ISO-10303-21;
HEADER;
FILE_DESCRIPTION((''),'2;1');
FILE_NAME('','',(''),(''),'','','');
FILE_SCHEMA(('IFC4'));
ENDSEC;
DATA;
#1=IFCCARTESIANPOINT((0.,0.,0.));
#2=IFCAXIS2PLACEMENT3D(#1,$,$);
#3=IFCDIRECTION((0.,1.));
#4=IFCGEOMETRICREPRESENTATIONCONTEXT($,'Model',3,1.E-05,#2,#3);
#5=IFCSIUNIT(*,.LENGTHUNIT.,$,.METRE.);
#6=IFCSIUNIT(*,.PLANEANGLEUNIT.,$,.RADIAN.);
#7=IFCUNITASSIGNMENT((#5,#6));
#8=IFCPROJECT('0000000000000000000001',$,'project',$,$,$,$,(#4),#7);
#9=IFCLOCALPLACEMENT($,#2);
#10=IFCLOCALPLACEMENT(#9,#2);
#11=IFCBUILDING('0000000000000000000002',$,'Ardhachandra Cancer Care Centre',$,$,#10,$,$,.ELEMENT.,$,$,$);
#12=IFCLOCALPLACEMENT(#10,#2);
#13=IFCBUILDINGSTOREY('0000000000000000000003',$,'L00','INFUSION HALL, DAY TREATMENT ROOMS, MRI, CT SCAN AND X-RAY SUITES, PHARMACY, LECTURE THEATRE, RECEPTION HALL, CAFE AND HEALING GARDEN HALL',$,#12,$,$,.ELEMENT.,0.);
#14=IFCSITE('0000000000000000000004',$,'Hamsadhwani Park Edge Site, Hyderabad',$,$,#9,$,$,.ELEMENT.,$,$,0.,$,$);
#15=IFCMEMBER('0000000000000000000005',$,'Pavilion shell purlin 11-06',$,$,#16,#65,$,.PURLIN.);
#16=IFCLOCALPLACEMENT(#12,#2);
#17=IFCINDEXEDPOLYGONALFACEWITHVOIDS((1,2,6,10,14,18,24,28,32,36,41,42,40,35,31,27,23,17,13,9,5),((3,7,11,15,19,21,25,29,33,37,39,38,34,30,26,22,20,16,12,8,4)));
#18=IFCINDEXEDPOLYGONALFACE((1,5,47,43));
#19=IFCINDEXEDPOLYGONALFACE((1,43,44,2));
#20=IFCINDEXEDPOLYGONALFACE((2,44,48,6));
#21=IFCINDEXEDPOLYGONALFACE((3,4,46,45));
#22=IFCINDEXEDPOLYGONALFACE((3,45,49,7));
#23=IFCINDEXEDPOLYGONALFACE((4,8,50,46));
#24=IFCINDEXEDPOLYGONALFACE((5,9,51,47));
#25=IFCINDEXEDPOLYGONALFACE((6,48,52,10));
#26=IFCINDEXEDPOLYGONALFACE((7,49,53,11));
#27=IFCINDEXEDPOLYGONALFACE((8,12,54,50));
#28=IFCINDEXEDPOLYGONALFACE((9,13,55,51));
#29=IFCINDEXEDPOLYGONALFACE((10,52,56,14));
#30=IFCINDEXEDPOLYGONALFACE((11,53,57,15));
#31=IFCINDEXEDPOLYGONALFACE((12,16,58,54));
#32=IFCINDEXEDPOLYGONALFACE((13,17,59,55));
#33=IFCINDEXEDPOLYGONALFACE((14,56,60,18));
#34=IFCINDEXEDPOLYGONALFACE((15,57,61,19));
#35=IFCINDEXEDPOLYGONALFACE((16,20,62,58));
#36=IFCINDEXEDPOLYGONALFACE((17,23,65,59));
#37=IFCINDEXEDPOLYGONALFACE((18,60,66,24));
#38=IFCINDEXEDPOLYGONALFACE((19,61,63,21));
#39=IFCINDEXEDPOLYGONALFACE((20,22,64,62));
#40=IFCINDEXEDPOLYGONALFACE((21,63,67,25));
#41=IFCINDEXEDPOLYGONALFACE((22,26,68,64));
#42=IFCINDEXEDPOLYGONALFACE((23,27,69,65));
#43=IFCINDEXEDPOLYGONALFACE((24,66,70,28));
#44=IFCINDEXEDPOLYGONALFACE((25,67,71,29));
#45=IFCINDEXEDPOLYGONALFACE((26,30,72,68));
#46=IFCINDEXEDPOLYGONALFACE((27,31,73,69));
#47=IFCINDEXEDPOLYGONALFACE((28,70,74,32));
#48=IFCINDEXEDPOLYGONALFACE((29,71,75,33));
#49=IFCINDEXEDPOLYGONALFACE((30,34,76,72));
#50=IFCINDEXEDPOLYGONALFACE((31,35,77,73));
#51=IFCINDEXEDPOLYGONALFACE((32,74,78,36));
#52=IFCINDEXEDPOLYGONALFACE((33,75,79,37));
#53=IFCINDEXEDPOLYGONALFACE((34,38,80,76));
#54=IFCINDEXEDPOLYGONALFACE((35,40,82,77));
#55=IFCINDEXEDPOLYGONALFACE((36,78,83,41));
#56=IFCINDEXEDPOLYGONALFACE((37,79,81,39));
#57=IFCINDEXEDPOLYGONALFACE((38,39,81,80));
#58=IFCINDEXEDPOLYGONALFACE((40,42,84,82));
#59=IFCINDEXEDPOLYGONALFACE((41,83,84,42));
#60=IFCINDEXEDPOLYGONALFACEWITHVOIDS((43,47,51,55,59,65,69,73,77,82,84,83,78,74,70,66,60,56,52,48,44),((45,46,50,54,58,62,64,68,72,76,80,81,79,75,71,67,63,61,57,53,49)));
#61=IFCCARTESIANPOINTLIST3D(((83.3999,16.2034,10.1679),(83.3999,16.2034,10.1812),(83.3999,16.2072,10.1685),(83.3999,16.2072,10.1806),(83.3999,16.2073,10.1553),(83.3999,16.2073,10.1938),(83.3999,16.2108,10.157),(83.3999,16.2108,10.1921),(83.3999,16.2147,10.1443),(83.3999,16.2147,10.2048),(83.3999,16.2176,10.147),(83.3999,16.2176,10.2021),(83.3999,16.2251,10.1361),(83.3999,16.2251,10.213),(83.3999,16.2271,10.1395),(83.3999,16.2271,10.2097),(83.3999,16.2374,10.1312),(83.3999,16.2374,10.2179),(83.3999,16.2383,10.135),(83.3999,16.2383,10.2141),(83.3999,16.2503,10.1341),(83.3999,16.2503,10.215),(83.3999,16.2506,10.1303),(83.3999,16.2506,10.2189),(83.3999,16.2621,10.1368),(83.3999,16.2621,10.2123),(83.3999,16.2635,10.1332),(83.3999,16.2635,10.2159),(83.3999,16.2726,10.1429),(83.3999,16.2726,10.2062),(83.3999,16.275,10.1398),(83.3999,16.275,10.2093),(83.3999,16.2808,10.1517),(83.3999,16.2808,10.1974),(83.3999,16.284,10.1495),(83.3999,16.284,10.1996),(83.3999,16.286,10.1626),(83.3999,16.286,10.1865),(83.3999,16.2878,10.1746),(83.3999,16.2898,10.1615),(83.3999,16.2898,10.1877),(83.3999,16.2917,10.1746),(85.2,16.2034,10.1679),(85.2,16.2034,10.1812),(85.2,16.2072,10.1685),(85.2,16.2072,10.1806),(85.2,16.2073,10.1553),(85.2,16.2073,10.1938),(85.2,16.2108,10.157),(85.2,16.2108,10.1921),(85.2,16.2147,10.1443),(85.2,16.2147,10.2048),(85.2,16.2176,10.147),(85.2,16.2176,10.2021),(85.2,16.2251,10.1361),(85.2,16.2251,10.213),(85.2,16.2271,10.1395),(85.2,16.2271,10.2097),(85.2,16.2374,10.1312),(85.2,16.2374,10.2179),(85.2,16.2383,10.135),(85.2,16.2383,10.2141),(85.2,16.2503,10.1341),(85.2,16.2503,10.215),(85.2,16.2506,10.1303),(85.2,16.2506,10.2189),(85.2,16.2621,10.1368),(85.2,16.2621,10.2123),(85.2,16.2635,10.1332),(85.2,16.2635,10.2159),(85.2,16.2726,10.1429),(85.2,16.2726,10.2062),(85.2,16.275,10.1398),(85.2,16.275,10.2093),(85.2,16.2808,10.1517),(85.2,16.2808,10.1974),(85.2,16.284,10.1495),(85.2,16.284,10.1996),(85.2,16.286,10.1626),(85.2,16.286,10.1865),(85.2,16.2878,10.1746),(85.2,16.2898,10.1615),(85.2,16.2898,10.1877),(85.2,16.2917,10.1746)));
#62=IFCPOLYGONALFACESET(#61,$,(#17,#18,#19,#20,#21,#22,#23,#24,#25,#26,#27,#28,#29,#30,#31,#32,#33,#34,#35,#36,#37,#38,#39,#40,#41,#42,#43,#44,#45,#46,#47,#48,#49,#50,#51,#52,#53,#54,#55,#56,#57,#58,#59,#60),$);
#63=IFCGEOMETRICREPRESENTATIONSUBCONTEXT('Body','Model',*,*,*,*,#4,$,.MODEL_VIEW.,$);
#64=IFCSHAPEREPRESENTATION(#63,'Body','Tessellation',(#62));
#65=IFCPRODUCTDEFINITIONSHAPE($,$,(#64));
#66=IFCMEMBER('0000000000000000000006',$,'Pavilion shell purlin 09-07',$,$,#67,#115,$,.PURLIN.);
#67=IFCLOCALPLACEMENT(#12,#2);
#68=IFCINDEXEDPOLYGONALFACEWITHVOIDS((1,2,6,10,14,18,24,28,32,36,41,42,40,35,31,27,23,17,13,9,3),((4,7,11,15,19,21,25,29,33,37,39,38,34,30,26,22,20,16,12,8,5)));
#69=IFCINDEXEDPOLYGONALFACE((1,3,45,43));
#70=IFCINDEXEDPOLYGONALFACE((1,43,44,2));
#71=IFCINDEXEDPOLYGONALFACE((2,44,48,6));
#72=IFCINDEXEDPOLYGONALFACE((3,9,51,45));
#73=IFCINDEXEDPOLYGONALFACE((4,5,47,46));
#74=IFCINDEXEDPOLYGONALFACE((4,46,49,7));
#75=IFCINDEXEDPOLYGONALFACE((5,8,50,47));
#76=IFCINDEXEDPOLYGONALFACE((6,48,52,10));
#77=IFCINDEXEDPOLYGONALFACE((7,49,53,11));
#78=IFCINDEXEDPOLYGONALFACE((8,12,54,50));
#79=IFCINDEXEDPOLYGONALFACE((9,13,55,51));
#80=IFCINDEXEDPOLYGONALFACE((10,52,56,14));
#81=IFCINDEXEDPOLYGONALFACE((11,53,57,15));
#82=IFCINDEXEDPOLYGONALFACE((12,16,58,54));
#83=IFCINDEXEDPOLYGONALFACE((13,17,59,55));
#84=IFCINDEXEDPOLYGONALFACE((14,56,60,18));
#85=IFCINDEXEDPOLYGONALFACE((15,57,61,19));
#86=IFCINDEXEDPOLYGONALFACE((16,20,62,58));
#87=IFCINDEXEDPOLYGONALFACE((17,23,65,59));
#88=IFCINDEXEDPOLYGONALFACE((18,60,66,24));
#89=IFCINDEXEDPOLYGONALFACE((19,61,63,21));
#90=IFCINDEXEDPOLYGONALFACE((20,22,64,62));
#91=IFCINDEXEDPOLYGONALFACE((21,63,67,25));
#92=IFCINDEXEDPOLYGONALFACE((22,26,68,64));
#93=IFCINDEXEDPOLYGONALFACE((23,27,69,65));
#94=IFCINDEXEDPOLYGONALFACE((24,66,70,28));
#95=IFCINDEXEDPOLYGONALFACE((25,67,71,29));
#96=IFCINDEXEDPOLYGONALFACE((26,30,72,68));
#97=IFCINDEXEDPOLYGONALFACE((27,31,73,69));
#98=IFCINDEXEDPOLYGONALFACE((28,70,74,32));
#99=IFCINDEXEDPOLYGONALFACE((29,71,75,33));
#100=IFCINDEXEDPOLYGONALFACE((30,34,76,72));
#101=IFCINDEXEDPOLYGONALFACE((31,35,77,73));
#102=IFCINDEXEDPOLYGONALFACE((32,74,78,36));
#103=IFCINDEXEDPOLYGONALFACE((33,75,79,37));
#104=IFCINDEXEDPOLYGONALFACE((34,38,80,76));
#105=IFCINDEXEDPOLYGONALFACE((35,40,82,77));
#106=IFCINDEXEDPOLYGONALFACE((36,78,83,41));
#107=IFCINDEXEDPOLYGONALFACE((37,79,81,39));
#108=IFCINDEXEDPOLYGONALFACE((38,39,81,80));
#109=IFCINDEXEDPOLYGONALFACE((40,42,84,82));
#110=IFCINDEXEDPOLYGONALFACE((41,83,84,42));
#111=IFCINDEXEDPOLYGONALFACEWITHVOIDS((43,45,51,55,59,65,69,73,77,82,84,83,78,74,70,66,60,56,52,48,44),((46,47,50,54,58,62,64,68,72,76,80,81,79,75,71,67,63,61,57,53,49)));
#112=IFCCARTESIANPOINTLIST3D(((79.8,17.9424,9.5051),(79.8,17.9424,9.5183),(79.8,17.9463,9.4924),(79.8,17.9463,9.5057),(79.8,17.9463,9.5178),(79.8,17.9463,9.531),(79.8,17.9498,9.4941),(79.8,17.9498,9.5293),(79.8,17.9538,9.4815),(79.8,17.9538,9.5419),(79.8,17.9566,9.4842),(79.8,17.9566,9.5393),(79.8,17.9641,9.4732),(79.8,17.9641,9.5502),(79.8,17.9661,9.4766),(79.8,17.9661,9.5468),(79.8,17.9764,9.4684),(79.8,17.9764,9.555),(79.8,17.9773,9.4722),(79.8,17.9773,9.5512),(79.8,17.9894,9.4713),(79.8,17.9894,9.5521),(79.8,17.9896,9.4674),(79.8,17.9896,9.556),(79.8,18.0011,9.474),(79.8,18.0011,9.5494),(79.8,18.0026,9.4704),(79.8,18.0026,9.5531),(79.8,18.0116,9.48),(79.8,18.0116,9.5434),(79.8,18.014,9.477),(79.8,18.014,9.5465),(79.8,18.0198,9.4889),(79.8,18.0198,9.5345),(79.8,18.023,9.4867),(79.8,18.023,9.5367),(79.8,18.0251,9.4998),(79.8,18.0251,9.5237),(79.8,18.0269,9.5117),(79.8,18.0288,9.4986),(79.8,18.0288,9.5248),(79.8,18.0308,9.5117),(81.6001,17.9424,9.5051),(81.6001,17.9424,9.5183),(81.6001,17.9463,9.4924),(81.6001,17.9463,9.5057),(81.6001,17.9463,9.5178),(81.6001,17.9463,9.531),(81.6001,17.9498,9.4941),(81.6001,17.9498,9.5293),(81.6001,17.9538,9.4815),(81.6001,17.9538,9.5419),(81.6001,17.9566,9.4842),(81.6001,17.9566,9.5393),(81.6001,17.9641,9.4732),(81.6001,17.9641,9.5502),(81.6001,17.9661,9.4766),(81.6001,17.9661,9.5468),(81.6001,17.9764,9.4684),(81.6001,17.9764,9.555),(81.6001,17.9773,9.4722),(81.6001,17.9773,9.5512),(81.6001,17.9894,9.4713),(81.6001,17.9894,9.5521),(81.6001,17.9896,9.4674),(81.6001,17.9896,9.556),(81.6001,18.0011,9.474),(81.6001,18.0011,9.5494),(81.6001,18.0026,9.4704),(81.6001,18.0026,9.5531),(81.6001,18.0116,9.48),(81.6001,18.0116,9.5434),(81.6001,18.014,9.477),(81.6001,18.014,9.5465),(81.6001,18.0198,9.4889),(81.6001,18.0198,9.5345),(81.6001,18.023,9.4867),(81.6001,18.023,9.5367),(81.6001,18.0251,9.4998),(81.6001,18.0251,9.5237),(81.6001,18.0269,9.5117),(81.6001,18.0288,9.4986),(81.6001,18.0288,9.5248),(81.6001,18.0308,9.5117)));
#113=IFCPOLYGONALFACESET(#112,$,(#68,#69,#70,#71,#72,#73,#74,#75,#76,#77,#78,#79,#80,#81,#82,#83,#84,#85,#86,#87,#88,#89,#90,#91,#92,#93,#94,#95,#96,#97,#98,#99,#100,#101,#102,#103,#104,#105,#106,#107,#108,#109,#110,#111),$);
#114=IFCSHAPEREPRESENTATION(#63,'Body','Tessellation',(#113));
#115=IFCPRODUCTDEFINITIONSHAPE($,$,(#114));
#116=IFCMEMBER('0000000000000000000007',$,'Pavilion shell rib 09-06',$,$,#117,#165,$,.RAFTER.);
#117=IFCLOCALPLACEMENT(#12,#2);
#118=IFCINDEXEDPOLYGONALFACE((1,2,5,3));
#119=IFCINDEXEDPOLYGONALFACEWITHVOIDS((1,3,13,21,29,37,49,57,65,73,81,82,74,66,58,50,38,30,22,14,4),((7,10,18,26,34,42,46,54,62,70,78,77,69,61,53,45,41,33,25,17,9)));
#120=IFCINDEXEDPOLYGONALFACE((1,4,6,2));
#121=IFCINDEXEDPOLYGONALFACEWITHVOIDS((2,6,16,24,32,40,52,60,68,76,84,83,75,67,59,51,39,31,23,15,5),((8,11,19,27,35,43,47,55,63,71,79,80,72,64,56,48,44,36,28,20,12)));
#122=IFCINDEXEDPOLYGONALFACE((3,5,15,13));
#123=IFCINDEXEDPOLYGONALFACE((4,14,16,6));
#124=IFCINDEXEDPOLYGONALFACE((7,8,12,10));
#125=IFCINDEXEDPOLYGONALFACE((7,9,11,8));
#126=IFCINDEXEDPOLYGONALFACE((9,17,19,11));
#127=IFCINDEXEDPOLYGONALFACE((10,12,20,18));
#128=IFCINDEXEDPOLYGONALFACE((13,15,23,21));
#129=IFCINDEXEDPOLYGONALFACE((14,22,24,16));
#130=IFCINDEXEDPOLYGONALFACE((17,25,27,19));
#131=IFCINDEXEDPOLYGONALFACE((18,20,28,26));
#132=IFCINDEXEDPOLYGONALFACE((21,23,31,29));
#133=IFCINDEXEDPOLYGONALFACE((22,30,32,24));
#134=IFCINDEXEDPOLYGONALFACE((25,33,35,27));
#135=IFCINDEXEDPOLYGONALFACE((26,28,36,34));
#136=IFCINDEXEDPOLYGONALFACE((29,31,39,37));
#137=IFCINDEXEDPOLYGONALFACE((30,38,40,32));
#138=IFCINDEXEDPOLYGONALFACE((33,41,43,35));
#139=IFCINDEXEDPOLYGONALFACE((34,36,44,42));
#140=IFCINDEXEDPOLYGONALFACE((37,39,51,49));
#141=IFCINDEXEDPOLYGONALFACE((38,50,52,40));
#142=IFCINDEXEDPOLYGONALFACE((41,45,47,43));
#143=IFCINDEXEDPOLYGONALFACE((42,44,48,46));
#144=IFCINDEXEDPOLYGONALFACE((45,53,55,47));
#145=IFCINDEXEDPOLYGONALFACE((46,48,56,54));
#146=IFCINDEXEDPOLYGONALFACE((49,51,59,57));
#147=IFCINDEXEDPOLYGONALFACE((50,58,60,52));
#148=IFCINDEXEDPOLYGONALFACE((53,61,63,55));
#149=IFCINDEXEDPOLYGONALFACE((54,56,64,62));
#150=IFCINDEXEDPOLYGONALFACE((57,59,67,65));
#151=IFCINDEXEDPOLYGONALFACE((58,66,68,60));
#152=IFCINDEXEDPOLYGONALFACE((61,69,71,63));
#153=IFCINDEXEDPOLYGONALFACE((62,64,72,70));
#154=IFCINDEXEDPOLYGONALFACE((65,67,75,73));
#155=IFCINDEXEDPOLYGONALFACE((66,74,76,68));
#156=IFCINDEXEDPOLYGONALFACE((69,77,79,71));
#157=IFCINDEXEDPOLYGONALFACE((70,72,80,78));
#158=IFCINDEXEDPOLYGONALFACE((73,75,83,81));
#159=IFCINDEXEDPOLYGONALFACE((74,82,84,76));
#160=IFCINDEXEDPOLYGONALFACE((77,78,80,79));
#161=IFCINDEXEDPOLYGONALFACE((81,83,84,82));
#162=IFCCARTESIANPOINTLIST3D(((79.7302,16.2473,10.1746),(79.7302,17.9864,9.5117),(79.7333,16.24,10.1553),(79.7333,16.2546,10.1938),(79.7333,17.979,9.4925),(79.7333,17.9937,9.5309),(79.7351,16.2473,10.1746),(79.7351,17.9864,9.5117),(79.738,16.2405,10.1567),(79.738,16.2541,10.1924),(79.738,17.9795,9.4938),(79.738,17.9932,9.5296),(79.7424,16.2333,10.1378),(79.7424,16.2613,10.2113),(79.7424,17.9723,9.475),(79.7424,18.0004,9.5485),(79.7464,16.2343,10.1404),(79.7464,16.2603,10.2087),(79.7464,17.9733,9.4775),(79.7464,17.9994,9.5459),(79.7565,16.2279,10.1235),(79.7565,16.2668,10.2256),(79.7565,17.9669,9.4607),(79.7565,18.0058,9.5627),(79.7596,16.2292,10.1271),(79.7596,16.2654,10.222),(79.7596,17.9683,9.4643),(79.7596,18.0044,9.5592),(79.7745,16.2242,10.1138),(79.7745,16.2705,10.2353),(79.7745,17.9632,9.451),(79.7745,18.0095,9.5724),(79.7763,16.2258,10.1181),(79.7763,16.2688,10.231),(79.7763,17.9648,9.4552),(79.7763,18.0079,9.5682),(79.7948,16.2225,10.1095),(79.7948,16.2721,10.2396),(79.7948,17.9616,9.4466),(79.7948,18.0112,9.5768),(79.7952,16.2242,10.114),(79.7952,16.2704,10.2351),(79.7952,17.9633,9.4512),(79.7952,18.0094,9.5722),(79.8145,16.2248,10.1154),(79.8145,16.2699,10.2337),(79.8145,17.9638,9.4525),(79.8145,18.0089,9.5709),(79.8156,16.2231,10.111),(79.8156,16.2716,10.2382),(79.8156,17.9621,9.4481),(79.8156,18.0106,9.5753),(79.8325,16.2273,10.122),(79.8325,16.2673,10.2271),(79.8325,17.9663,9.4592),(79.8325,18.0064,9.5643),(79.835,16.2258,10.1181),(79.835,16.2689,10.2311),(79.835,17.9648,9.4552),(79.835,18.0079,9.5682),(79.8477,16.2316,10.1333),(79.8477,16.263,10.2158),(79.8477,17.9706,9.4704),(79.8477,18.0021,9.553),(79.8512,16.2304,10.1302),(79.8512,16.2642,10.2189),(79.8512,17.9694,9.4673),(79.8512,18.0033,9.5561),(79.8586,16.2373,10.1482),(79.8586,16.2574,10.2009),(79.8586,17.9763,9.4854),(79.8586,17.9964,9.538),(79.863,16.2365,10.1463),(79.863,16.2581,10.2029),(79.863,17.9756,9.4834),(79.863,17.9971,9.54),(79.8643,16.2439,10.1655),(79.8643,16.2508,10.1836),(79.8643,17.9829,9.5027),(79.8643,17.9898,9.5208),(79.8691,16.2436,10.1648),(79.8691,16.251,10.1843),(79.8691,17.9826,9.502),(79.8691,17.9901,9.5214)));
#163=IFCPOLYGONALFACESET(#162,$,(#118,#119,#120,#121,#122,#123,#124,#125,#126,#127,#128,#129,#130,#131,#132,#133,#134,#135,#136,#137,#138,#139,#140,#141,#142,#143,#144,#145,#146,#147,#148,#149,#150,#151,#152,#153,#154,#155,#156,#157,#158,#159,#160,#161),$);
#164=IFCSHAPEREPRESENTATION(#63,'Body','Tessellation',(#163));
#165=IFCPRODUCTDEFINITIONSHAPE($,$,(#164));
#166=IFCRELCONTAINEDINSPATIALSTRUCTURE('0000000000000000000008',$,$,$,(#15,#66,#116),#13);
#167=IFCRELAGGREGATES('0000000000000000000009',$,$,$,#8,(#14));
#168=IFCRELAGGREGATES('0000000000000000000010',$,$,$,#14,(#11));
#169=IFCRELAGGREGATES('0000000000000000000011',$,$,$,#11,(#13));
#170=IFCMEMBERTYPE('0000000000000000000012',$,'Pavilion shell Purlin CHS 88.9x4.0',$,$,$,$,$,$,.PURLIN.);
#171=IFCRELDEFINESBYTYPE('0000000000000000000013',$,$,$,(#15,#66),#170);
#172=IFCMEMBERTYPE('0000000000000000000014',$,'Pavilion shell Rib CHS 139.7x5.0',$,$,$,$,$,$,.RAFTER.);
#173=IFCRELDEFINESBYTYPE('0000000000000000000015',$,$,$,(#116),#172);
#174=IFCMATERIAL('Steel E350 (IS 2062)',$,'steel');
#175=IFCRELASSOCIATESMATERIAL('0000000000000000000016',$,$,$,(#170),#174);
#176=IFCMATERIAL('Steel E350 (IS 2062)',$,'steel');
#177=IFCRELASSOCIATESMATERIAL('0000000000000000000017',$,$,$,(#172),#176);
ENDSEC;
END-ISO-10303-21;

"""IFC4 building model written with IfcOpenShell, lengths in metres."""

from ifc_helpers import new_model, si_unit, direction, frame, origin, origin_2d, place, context, subcontext, project, spatial, hollow_circle, extrude, material, material_profile, profile_set, type_object, element, save


model = new_model("IFC4")

# Units and contexts
model_context = context("Model", 3, precision=1e-05, world=origin(), true_north=direction((0.0, 1.0)))
body_context = subcontext(model_context, "Body", "Model", "MODEL_VIEW")
ifc_project = project(units=[si_unit("LENGTHUNIT", "METRE"), si_unit("PLANEANGLEUNIT", "RADIAN")], contexts=[model_context])

# Site, building, storey
site_placement = place(None, origin())
site = spatial("IfcSite", under=ifc_project, at=site_placement, Name="Hamsadhwani Park Edge Site, Hyderabad", CompositionType="ELEMENT", RefElevation=0.0)
building_placement = place(site_placement, origin())
building = spatial("IfcBuilding", under=site, at=building_placement, Name="Ardhachandra Cancer Care Centre", CompositionType="ELEMENT")
storey_placement = place(building_placement, origin())
storey = spatial("IfcBuildingStorey", under=building, at=storey_placement, Name="L00", Description="INFUSION HALL, DAY TREATMENT ROOMS, MRI, CT SCAN AND X-RAY SUITES, PHARMACY, LECTURE THEATRE, RECEPTION HALL, CAFE AND HEALING GARDEN HALL", CompositionType="ELEMENT", Elevation=0.0)

# Members
ifc_material_1 = material(Name="Steel E350 (IS 2062)", Category="steel")
ifc_material_profile_1 = material_profile(ifc_material_1, hollow_circle(Radius=0.0444, WallThickness=0.0039, at=origin_2d()), Name="CHS 88.9x4.0")
ifc_profile_set_1 = profile_set([ifc_material_profile_1], Name="Steel E350 (IS 2062)")
member_type_1 = type_object("IfcMemberType", Name="Pavilion shell Purlin CHS 88.9x4.0", PredefinedType="PURLIN", material=ifc_profile_set_1)
for number, where, z_axis, x_axis, name in (
    (1, (83.3999, 16.2473, 10.1746), (1.0, 0.0, 0.0), (0.0, 1.0, 0.0), "Pavilion shell purlin 11-06"),
    (2, (79.8, 17.9863, 9.5117), (1.0, 0.0, 0.0), (0.0, 1.0, 0.0), "Pavilion shell purlin 09-07"),
):
    element("IfcMember", number, at=place(storey_placement, frame(where, z_axis=z_axis, x_axis=x_axis)), inside=storey, type_object=member_type_1, Name=name, PredefinedType="PURLIN", context=body_context, shape_type="SweptSolid", body=[
        extrude(hollow_circle(Radius=0.0444, WallThickness=0.0039, at=origin_2d()), origin(), (0.0, 0.0, 1.0), 1.8),
    ])
ifc_material_2 = material(Name="Steel E350 (IS 2062)", Category="steel")
ifc_material_profile_2 = material_profile(ifc_material_2, hollow_circle(Radius=0.0698, WallThickness=0.0049, at=origin_2d()), Name="CHS 139.7x5.0")
ifc_profile_set_2 = profile_set([ifc_material_profile_2], Name="Steel E350 (IS 2062)")
member_type_2 = type_object("IfcMemberType", Name="Pavilion shell Rib CHS 139.7x5.0", PredefinedType="RAFTER", material=ifc_profile_set_2)
for number, where, z_axis, x_axis, name in (
    (3, (79.8, 16.2473, 10.1746), (0.0, 0.934423, -0.356164), (-1.0, 0.0, 0.0), "Pavilion shell rib 09-06"),
):
    element("IfcMember", number, at=place(storey_placement, frame(where, z_axis=z_axis, x_axis=x_axis)), inside=storey, type_object=member_type_2, Name=name, PredefinedType="RAFTER", context=body_context, shape_type="SweptSolid", body=[
        extrude(hollow_circle(Radius=0.0698, WallThickness=0.0049, at=origin_2d()), origin(), (0.0, 0.0, 1.0), 1.8611),
    ])

save(model, "model.ifc")
